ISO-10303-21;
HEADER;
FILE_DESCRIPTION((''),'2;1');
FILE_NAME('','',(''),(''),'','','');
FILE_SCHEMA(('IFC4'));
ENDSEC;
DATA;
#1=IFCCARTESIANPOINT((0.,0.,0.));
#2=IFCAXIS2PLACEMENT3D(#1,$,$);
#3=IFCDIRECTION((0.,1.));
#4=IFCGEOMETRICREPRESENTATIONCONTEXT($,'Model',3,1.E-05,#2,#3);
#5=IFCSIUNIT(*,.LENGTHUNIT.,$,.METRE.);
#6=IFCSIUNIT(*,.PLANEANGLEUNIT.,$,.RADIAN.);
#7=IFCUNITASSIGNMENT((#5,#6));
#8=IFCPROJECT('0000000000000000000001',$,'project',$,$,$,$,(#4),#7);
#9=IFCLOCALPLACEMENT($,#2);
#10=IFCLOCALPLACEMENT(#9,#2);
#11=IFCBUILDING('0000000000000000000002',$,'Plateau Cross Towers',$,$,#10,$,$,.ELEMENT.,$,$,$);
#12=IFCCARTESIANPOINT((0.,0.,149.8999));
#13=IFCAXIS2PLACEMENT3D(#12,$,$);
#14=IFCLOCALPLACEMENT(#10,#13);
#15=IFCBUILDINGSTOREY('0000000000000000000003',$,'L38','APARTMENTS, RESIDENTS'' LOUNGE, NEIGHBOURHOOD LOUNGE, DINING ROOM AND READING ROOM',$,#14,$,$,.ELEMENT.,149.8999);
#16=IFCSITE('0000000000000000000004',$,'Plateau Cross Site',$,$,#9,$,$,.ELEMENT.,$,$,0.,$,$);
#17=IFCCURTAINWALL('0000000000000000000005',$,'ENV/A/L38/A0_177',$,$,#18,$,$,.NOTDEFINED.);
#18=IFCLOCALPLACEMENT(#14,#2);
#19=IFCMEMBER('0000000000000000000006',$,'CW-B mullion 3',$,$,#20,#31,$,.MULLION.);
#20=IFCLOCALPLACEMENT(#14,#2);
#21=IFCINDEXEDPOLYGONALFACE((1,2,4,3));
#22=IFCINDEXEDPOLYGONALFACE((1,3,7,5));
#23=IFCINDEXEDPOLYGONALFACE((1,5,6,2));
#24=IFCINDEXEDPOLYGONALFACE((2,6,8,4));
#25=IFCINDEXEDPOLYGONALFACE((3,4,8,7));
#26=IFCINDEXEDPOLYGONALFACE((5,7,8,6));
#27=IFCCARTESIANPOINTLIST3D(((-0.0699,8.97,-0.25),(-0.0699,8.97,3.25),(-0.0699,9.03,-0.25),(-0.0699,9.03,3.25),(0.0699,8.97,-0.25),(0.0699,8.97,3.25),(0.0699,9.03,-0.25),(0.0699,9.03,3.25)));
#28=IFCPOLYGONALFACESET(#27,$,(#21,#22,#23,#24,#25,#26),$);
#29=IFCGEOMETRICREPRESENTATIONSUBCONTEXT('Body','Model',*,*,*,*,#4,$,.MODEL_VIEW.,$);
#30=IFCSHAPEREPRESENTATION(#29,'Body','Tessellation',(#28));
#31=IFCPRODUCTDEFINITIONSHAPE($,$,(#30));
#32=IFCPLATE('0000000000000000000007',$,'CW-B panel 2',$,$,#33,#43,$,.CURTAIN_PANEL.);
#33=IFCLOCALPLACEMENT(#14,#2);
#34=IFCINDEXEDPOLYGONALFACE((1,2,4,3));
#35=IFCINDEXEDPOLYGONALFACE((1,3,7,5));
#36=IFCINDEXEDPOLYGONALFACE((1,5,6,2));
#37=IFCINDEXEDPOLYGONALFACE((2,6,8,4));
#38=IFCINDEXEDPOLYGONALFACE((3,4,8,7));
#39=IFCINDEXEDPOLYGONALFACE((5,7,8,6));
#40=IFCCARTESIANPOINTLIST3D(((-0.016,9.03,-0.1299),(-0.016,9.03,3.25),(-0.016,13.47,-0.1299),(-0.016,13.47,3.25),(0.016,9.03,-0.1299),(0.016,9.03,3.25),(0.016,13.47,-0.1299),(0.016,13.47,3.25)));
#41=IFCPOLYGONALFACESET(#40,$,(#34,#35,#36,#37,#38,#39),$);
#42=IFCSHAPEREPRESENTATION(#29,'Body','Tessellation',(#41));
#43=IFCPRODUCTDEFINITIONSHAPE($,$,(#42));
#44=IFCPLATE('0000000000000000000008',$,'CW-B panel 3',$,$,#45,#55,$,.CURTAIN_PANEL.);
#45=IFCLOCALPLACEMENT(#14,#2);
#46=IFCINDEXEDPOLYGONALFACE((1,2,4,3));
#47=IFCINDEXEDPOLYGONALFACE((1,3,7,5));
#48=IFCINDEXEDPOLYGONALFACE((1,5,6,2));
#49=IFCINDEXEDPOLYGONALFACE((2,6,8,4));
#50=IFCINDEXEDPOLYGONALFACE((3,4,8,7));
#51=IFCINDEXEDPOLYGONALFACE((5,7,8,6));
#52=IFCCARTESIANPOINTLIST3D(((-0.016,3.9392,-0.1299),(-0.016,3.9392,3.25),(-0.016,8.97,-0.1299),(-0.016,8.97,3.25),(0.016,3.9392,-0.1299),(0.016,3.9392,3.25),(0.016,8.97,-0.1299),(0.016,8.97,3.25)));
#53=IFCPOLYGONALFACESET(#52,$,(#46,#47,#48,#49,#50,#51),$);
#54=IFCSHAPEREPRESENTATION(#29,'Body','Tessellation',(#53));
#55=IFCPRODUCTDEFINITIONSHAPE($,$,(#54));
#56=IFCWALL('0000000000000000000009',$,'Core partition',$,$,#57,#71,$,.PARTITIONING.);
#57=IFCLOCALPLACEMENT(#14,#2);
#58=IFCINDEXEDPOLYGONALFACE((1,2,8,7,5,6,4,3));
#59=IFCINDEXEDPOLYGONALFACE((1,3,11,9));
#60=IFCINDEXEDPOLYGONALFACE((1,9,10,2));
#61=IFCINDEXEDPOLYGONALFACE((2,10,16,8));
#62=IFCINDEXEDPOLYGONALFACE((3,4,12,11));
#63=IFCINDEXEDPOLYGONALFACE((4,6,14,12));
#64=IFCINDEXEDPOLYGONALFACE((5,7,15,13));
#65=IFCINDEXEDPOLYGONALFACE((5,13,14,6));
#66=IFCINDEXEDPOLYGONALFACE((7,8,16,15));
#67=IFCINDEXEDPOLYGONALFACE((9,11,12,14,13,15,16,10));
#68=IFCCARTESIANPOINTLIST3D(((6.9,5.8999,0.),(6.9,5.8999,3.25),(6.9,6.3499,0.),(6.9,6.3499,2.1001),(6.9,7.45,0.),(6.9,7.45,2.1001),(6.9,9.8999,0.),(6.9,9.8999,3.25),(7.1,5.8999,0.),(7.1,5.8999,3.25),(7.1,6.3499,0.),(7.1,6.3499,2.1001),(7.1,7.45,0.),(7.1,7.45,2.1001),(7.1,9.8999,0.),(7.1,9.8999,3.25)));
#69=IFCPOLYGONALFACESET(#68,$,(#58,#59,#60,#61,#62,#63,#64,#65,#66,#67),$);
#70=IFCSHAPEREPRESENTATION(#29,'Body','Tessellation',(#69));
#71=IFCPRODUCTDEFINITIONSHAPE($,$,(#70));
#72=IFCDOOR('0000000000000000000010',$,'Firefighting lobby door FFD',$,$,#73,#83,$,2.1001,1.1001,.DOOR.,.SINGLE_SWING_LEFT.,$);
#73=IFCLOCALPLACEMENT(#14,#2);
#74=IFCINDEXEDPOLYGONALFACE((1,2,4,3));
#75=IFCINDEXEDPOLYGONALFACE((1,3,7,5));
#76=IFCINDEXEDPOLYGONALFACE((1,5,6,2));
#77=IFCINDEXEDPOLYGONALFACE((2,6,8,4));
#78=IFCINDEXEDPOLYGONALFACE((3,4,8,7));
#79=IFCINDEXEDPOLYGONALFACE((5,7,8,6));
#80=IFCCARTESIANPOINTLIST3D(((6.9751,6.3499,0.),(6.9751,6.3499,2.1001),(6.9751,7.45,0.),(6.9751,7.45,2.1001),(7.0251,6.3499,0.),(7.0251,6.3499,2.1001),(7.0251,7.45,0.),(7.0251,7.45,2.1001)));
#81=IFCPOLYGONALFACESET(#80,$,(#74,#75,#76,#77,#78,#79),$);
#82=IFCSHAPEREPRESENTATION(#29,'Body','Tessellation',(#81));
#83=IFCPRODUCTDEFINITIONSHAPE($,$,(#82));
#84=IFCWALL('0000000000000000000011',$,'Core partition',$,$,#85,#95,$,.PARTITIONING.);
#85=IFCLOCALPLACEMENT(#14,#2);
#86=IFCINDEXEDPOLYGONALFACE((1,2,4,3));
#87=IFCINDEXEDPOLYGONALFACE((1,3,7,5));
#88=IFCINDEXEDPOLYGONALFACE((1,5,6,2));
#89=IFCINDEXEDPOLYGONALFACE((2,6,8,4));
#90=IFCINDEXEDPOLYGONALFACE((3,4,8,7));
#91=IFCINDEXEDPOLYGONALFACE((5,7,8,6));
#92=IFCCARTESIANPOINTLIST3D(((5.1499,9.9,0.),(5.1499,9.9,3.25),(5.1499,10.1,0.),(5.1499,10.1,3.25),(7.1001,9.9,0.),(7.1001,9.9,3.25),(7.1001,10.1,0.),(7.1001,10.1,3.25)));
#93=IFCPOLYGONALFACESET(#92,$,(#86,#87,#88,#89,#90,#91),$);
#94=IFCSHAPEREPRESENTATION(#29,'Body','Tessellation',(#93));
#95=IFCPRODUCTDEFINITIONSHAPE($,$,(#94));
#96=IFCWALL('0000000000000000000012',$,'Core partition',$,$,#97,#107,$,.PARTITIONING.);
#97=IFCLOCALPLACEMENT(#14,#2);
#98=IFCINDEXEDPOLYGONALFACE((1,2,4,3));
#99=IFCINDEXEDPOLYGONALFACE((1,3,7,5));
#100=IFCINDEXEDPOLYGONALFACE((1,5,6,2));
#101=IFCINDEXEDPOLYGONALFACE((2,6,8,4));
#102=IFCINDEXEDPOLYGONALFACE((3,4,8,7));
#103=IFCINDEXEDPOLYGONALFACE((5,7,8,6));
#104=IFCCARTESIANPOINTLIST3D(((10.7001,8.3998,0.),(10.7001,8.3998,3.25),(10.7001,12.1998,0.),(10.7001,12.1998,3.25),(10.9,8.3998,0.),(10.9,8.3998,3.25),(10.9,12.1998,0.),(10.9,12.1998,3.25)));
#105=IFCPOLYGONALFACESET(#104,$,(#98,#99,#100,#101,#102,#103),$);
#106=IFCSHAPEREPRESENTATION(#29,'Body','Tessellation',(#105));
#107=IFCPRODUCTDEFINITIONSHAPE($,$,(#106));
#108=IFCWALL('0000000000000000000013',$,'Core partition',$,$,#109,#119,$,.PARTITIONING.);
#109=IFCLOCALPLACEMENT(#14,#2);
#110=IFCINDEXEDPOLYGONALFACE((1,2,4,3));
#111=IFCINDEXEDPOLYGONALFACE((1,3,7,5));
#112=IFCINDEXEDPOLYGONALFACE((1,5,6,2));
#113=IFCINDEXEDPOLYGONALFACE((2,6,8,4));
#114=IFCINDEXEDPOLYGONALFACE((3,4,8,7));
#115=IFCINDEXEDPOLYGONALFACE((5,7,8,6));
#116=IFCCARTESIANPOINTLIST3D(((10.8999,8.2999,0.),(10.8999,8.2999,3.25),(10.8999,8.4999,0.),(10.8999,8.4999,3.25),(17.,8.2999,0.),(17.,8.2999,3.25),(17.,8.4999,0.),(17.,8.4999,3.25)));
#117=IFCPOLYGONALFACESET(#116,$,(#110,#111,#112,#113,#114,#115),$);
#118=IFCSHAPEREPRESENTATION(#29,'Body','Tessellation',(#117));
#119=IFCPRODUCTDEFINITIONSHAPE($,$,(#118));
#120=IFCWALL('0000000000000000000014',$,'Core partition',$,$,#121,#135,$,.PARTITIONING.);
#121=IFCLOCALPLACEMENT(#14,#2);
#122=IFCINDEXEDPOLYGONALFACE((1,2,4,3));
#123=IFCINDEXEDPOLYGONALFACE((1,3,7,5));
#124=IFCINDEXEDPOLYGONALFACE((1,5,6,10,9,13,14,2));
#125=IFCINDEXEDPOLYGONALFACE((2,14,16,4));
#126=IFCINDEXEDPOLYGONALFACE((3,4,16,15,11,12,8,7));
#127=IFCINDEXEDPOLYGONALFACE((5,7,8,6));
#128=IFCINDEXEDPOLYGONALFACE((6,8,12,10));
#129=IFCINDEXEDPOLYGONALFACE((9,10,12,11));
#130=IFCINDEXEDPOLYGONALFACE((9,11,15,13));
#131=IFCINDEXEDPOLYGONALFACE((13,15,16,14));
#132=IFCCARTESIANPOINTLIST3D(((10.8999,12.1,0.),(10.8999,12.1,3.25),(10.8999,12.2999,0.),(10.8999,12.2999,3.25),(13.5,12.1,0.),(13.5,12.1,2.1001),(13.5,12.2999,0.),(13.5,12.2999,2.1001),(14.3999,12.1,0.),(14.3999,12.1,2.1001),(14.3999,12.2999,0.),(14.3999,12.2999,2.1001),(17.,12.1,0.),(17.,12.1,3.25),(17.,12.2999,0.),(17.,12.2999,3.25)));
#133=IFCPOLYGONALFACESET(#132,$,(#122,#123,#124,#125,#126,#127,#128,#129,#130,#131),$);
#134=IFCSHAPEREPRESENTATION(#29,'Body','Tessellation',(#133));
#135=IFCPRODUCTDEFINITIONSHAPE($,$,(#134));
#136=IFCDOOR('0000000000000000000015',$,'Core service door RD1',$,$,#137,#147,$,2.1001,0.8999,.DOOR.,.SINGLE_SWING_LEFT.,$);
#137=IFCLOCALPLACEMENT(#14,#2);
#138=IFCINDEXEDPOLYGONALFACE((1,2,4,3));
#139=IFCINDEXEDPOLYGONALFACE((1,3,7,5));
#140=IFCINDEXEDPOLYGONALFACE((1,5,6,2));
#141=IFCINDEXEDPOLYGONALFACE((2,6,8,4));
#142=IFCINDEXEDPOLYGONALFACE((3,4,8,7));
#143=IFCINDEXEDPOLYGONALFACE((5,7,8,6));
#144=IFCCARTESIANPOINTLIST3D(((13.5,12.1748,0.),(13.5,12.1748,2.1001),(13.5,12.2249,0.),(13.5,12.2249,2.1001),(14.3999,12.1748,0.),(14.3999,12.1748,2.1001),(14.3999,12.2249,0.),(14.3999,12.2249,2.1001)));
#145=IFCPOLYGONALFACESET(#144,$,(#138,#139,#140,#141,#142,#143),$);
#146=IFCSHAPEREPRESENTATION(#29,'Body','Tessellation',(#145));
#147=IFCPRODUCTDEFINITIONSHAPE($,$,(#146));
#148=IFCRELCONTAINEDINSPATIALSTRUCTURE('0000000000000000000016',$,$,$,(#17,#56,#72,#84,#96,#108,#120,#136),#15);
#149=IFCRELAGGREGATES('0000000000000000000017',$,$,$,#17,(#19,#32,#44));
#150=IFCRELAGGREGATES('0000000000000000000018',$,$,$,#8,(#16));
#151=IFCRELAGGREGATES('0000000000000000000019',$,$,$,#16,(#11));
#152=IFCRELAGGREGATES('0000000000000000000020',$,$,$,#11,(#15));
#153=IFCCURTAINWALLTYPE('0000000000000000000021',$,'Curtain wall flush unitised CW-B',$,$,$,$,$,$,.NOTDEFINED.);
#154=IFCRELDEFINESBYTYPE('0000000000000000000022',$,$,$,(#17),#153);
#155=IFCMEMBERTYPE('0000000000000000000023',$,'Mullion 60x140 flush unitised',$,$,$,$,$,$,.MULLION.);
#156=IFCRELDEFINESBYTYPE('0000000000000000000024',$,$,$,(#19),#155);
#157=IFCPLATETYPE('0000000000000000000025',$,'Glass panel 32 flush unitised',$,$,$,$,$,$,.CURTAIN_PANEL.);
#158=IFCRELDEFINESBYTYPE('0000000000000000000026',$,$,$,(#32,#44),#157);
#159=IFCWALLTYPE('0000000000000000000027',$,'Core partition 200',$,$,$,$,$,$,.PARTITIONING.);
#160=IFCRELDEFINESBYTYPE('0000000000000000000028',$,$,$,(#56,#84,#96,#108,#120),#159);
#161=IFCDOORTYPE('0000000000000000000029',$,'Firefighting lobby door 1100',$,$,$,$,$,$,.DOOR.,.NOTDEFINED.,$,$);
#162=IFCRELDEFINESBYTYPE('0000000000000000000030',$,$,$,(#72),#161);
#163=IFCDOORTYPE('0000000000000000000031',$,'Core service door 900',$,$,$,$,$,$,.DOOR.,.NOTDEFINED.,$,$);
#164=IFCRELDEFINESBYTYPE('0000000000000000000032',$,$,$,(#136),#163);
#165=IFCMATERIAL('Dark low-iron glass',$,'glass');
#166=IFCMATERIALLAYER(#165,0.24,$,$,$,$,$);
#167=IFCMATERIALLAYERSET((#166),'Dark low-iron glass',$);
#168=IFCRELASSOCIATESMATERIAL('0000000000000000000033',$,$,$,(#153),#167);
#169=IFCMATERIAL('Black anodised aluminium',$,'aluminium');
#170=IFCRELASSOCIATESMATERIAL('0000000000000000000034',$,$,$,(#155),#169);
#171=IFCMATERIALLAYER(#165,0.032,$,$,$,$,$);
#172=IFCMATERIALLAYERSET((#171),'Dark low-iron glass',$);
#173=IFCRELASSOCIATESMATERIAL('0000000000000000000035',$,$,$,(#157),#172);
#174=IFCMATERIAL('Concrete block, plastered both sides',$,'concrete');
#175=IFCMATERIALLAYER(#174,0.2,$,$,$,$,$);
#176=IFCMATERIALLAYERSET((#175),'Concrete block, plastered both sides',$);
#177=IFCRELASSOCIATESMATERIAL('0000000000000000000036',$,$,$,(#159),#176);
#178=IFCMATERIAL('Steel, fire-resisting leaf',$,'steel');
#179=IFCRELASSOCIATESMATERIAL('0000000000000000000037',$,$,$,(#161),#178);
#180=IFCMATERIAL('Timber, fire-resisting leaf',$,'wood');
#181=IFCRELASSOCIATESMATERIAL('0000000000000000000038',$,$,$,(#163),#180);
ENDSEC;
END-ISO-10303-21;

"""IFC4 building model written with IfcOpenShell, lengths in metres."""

from ifc_helpers import new_model, si_unit, direction, frame, frame_2d, origin, origin_2d, place, context, subcontext, project, spatial, rectangle, extrude, material, layer, layer_set, material_profile, profile_set, type_object, element, fill, aggregate, save


model = new_model("IFC4")

# Units and contexts
model_context = context("Model", 3, precision=1e-05, world=origin(), true_north=direction((0.0, 1.0)))
body_context = subcontext(model_context, "Body", "Model", "MODEL_VIEW")
ifc_project = project(units=[si_unit("LENGTHUNIT", "METRE"), si_unit("PLANEANGLEUNIT", "RADIAN")], contexts=[model_context])

# Site, building, storey
site_placement = place(None, origin())
site = spatial("IfcSite", under=ifc_project, at=site_placement, Name="Plateau Cross Site", CompositionType="ELEMENT", RefElevation=0.0)
building_placement = place(site_placement, origin())
building = spatial("IfcBuilding", under=site, at=building_placement, Name="Plateau Cross Towers", CompositionType="ELEMENT")
storey_placement = place(building_placement, frame((0.0, 0.0, 149.8999)))
storey = spatial("IfcBuildingStorey", under=building, at=storey_placement, Name="L38", Description="APARTMENTS, RESIDENTS' LOUNGE, NEIGHBOURHOOD LOUNGE, DINING ROOM AND READING ROOM", CompositionType="ELEMENT", Elevation=149.8999)

# Curtain wall, member, plates
ifc_material_1 = material(Name="Dark low-iron glass", Category="glass")
ifc_layer_1 = layer(ifc_material_1, 0.24)
ifc_layer_set_1 = layer_set([ifc_layer_1], Name="Dark low-iron glass")
curtain_wall_type = type_object("IfcCurtainWallType", Name="Curtain wall flush unitised CW-B", PredefinedType="NOTDEFINED", material=ifc_layer_set_1)
curtain_wall_placement = place(storey_placement, origin())
curtain_wall = element("IfcCurtainWall", 1, at=curtain_wall_placement, inside=storey, type_object=curtain_wall_type, Name="ENV/A/L38/A0_177", PredefinedType="NOTDEFINED")
ifc_material_2 = material(Name="Black anodised aluminium", Category="aluminium")
ifc_material_profile = material_profile(ifc_material_2, rectangle(XDim=0.0601, YDim=0.1399, at=origin_2d()), Name="MULLION 60x140")
ifc_profile_set = profile_set([ifc_material_profile], Name="Black anodised aluminium")
member_type = type_object("IfcMemberType", Name="Mullion 60x140 flush unitised", PredefinedType="MULLION", material=ifc_profile_set)
member_placement = place(storey_placement, frame((0.0, 9.0, -0.25), z_axis=(0.0, 0.0, 1.0), x_axis=(0.0, -1.0, 0.0)))
member = element("IfcMember", 2, at=member_placement, type_object=member_type, Name="CW-B mullion 3", PredefinedType="MULLION", context=body_context, shape_type="SweptSolid", body=[
    extrude(rectangle(XDim=0.0601, YDim=0.1399, at=origin_2d()), origin(), (0.0, 0.0, 1.0), 3.5),
])
ifc_layer_2 = layer(ifc_material_1, 0.032)
ifc_layer_set_2 = layer_set([ifc_layer_2], Name="Dark low-iron glass")
plate_type = type_object("IfcPlateType", Name="Glass panel 32 flush unitised", PredefinedType="CURTAIN_PANEL", material=ifc_layer_set_2)
plate_1_placement = place(storey_placement, frame((0.0, 11.25, -0.1299), z_axis=(0.0, 0.0, 1.0), x_axis=(0.0, -1.0, 0.0)))
plate_1 = element("IfcPlate", 3, at=plate_1_placement, type_object=plate_type, Name="CW-B panel 2", PredefinedType="CURTAIN_PANEL", context=body_context, shape_type="SweptSolid", body=[
    extrude(rectangle(XDim=4.4399, YDim=0.032, at=origin_2d()), origin(), (0.0, 0.0, 1.0), 3.3799),
])
plate_2_placement = place(storey_placement, frame((0.0, 6.4546, -0.1299), z_axis=(0.0, 0.0, 1.0), x_axis=(0.0, -1.0, 0.0)))
plate_2 = element("IfcPlate", 4, at=plate_2_placement, type_object=plate_type, Name="CW-B panel 3", PredefinedType="CURTAIN_PANEL", context=body_context, shape_type="SweptSolid", body=[
    extrude(rectangle(XDim=5.0308, YDim=0.032, at=origin_2d()), origin(), (0.0, 0.0, 1.0), 3.3799),
])
aggregate(curtain_wall, [member, plate_1, plate_2])

# Wall, opening, door
ifc_material_3 = material(Name="Concrete block, plastered both sides", Category="concrete")
ifc_layer_3 = layer(ifc_material_3, 0.2)
ifc_layer_set_3 = layer_set([ifc_layer_3], Name="Concrete block, plastered both sides")
wall_type_1 = type_object("IfcWallType", Name="Core partition 200", PredefinedType="PARTITIONING", material=ifc_layer_set_3)
wall_1_placement = place(storey_placement, frame((7.0, 5.8999, 0.0), z_axis=(0.0, 0.0, 1.0), x_axis=(0.0, 1.0, 0.0)))
wall_1 = element("IfcWall", 5, at=wall_1_placement, inside=storey, type_object=wall_type_1, Name="Core partition", PredefinedType="PARTITIONING", context=body_context, shape_type="SweptSolid", body=[
    extrude(rectangle(XDim=4.0, YDim=0.2, at=frame_2d((2.0, 0.0))), origin(), (0.0, 0.0, 1.0), 3.25),
])
opening_1_placement = place(wall_1_placement, frame((0.45, 0.0, 0.0)))
opening_1 = element("IfcOpeningElement", 6, at=opening_1_placement, cuts=wall_1, PredefinedType="OPENING", context=body_context, shape_type="SweptSolid", body=[
    extrude(rectangle(XDim=1.1001, YDim=2.1001, at=frame_2d((0.55, 1.05))), frame((0.0, 0.1099, 0.0), z_axis=(0.0, -1.0, 0.0), x_axis=(1.0, 0.0, 0.0)), (0.0, 0.0, 1.0), 0.22),
])
ifc_material_4 = material(Name="Steel, fire-resisting leaf", Category="steel")
door_type_1 = type_object("IfcDoorType", Name="Firefighting lobby door 1100", OperationType="NOTDEFINED", PredefinedType="DOOR", material=ifc_material_4)
door_1_placement = place(opening_1_placement, origin())
door_1 = element("IfcDoor", 7, at=door_1_placement, inside=storey, type_object=door_type_1, Name="Firefighting lobby door FFD", OperationType="SINGLE_SWING_LEFT", OverallHeight=2.1001, OverallWidth=1.1001, PredefinedType="DOOR", context=body_context, shape_type="SweptSolid", body=[
    extrude(rectangle(XDim=1.1001, YDim=2.1001, at=frame_2d((0.55, 1.05))), frame((0.0, 0.0249, 0.0), z_axis=(0.0, -1.0, 0.0), x_axis=(1.0, 0.0, 0.0)), (0.0, 0.0, 1.0), 0.05),
])
fill(opening_1, door_1)

# Walls
wall_2_placement = place(storey_placement, frame((5.1499, 10.0, 0.0), z_axis=(0.0, 0.0, 1.0), x_axis=(1.0, 0.0, 0.0)))
element("IfcWall", 8, at=wall_2_placement, inside=storey, type_object=wall_type_1, Name="Core partition", PredefinedType="PARTITIONING", context=body_context, shape_type="SweptSolid", body=[
    extrude(rectangle(XDim=1.9502, YDim=0.2, at=frame_2d((0.9751, 0.0))), origin(), (0.0, 0.0, 1.0), 3.25),
])
wall_3_placement = place(storey_placement, frame((10.8, 8.3999, 0.0), z_axis=(0.0, 0.0, 1.0), x_axis=(0.0, 1.0, 0.0)))
element("IfcWall", 9, at=wall_3_placement, inside=storey, type_object=wall_type_1, Name="Core partition", PredefinedType="PARTITIONING", context=body_context, shape_type="SweptSolid", body=[
    extrude(rectangle(XDim=3.8, YDim=0.2, at=frame_2d((1.8999, 0.0))), origin(), (0.0, 0.0, 1.0), 3.25),
])
wall_4_placement = place(storey_placement, frame((10.8999, 8.3999, 0.0), z_axis=(0.0, 0.0, 1.0), x_axis=(1.0, 0.0, 0.0)))
element("IfcWall", 10, at=wall_4_placement, inside=storey, type_object=wall_type_1, Name="Core partition", PredefinedType="PARTITIONING", context=body_context, shape_type="SweptSolid", body=[
    extrude(rectangle(XDim=6.1001, YDim=0.2, at=frame_2d((3.05, 0.0))), origin(), (0.0, 0.0, 1.0), 3.25),
])

# Wall, opening, door
wall_5_placement = place(storey_placement, frame((10.8999, 12.2, 0.0), z_axis=(0.0, 0.0, 1.0), x_axis=(1.0, 0.0, 0.0)))
wall_5 = element("IfcWall", 11, at=wall_5_placement, inside=storey, type_object=wall_type_1, Name="Core partition", PredefinedType="PARTITIONING", context=body_context, shape_type="SweptSolid", body=[
    extrude(rectangle(XDim=6.1001, YDim=0.2, at=frame_2d((3.05, 0.0))), origin(), (0.0, 0.0, 1.0), 3.25),
])
opening_2_placement = place(wall_5_placement, frame((2.6001, 0.0, 0.0)))
opening_2 = element("IfcOpeningElement", 12, at=opening_2_placement, cuts=wall_5, PredefinedType="OPENING", context=body_context, shape_type="SweptSolid", body=[
    extrude(rectangle(XDim=0.8999, YDim=2.1001, at=frame_2d((0.45, 1.05))), frame((0.0, 0.1099, 0.0), z_axis=(0.0, -1.0, 0.0), x_axis=(1.0, 0.0, 0.0)), (0.0, 0.0, 1.0), 0.22),
])
ifc_material_5 = material(Name="Timber, fire-resisting leaf", Category="wood")
door_type_2 = type_object("IfcDoorType", Name="Core service door 900", OperationType="NOTDEFINED", PredefinedType="DOOR", material=ifc_material_5)
door_2_placement = place(opening_2_placement, origin())
door_2 = element("IfcDoor", 13, at=door_2_placement, inside=storey, type_object=door_type_2, Name="Core service door RD1", OperationType="SINGLE_SWING_LEFT", OverallHeight=2.1001, OverallWidth=0.8999, PredefinedType="DOOR", context=body_context, shape_type="SweptSolid", body=[
    extrude(rectangle(XDim=0.8999, YDim=2.1001, at=frame_2d((0.45, 1.05))), frame((0.0, 0.0249, 0.0), z_axis=(0.0, -1.0, 0.0), x_axis=(1.0, 0.0, 0.0)), (0.0, 0.0, 1.0), 0.05),
])
fill(opening_2, door_2)

save(model, "model.ifc")
